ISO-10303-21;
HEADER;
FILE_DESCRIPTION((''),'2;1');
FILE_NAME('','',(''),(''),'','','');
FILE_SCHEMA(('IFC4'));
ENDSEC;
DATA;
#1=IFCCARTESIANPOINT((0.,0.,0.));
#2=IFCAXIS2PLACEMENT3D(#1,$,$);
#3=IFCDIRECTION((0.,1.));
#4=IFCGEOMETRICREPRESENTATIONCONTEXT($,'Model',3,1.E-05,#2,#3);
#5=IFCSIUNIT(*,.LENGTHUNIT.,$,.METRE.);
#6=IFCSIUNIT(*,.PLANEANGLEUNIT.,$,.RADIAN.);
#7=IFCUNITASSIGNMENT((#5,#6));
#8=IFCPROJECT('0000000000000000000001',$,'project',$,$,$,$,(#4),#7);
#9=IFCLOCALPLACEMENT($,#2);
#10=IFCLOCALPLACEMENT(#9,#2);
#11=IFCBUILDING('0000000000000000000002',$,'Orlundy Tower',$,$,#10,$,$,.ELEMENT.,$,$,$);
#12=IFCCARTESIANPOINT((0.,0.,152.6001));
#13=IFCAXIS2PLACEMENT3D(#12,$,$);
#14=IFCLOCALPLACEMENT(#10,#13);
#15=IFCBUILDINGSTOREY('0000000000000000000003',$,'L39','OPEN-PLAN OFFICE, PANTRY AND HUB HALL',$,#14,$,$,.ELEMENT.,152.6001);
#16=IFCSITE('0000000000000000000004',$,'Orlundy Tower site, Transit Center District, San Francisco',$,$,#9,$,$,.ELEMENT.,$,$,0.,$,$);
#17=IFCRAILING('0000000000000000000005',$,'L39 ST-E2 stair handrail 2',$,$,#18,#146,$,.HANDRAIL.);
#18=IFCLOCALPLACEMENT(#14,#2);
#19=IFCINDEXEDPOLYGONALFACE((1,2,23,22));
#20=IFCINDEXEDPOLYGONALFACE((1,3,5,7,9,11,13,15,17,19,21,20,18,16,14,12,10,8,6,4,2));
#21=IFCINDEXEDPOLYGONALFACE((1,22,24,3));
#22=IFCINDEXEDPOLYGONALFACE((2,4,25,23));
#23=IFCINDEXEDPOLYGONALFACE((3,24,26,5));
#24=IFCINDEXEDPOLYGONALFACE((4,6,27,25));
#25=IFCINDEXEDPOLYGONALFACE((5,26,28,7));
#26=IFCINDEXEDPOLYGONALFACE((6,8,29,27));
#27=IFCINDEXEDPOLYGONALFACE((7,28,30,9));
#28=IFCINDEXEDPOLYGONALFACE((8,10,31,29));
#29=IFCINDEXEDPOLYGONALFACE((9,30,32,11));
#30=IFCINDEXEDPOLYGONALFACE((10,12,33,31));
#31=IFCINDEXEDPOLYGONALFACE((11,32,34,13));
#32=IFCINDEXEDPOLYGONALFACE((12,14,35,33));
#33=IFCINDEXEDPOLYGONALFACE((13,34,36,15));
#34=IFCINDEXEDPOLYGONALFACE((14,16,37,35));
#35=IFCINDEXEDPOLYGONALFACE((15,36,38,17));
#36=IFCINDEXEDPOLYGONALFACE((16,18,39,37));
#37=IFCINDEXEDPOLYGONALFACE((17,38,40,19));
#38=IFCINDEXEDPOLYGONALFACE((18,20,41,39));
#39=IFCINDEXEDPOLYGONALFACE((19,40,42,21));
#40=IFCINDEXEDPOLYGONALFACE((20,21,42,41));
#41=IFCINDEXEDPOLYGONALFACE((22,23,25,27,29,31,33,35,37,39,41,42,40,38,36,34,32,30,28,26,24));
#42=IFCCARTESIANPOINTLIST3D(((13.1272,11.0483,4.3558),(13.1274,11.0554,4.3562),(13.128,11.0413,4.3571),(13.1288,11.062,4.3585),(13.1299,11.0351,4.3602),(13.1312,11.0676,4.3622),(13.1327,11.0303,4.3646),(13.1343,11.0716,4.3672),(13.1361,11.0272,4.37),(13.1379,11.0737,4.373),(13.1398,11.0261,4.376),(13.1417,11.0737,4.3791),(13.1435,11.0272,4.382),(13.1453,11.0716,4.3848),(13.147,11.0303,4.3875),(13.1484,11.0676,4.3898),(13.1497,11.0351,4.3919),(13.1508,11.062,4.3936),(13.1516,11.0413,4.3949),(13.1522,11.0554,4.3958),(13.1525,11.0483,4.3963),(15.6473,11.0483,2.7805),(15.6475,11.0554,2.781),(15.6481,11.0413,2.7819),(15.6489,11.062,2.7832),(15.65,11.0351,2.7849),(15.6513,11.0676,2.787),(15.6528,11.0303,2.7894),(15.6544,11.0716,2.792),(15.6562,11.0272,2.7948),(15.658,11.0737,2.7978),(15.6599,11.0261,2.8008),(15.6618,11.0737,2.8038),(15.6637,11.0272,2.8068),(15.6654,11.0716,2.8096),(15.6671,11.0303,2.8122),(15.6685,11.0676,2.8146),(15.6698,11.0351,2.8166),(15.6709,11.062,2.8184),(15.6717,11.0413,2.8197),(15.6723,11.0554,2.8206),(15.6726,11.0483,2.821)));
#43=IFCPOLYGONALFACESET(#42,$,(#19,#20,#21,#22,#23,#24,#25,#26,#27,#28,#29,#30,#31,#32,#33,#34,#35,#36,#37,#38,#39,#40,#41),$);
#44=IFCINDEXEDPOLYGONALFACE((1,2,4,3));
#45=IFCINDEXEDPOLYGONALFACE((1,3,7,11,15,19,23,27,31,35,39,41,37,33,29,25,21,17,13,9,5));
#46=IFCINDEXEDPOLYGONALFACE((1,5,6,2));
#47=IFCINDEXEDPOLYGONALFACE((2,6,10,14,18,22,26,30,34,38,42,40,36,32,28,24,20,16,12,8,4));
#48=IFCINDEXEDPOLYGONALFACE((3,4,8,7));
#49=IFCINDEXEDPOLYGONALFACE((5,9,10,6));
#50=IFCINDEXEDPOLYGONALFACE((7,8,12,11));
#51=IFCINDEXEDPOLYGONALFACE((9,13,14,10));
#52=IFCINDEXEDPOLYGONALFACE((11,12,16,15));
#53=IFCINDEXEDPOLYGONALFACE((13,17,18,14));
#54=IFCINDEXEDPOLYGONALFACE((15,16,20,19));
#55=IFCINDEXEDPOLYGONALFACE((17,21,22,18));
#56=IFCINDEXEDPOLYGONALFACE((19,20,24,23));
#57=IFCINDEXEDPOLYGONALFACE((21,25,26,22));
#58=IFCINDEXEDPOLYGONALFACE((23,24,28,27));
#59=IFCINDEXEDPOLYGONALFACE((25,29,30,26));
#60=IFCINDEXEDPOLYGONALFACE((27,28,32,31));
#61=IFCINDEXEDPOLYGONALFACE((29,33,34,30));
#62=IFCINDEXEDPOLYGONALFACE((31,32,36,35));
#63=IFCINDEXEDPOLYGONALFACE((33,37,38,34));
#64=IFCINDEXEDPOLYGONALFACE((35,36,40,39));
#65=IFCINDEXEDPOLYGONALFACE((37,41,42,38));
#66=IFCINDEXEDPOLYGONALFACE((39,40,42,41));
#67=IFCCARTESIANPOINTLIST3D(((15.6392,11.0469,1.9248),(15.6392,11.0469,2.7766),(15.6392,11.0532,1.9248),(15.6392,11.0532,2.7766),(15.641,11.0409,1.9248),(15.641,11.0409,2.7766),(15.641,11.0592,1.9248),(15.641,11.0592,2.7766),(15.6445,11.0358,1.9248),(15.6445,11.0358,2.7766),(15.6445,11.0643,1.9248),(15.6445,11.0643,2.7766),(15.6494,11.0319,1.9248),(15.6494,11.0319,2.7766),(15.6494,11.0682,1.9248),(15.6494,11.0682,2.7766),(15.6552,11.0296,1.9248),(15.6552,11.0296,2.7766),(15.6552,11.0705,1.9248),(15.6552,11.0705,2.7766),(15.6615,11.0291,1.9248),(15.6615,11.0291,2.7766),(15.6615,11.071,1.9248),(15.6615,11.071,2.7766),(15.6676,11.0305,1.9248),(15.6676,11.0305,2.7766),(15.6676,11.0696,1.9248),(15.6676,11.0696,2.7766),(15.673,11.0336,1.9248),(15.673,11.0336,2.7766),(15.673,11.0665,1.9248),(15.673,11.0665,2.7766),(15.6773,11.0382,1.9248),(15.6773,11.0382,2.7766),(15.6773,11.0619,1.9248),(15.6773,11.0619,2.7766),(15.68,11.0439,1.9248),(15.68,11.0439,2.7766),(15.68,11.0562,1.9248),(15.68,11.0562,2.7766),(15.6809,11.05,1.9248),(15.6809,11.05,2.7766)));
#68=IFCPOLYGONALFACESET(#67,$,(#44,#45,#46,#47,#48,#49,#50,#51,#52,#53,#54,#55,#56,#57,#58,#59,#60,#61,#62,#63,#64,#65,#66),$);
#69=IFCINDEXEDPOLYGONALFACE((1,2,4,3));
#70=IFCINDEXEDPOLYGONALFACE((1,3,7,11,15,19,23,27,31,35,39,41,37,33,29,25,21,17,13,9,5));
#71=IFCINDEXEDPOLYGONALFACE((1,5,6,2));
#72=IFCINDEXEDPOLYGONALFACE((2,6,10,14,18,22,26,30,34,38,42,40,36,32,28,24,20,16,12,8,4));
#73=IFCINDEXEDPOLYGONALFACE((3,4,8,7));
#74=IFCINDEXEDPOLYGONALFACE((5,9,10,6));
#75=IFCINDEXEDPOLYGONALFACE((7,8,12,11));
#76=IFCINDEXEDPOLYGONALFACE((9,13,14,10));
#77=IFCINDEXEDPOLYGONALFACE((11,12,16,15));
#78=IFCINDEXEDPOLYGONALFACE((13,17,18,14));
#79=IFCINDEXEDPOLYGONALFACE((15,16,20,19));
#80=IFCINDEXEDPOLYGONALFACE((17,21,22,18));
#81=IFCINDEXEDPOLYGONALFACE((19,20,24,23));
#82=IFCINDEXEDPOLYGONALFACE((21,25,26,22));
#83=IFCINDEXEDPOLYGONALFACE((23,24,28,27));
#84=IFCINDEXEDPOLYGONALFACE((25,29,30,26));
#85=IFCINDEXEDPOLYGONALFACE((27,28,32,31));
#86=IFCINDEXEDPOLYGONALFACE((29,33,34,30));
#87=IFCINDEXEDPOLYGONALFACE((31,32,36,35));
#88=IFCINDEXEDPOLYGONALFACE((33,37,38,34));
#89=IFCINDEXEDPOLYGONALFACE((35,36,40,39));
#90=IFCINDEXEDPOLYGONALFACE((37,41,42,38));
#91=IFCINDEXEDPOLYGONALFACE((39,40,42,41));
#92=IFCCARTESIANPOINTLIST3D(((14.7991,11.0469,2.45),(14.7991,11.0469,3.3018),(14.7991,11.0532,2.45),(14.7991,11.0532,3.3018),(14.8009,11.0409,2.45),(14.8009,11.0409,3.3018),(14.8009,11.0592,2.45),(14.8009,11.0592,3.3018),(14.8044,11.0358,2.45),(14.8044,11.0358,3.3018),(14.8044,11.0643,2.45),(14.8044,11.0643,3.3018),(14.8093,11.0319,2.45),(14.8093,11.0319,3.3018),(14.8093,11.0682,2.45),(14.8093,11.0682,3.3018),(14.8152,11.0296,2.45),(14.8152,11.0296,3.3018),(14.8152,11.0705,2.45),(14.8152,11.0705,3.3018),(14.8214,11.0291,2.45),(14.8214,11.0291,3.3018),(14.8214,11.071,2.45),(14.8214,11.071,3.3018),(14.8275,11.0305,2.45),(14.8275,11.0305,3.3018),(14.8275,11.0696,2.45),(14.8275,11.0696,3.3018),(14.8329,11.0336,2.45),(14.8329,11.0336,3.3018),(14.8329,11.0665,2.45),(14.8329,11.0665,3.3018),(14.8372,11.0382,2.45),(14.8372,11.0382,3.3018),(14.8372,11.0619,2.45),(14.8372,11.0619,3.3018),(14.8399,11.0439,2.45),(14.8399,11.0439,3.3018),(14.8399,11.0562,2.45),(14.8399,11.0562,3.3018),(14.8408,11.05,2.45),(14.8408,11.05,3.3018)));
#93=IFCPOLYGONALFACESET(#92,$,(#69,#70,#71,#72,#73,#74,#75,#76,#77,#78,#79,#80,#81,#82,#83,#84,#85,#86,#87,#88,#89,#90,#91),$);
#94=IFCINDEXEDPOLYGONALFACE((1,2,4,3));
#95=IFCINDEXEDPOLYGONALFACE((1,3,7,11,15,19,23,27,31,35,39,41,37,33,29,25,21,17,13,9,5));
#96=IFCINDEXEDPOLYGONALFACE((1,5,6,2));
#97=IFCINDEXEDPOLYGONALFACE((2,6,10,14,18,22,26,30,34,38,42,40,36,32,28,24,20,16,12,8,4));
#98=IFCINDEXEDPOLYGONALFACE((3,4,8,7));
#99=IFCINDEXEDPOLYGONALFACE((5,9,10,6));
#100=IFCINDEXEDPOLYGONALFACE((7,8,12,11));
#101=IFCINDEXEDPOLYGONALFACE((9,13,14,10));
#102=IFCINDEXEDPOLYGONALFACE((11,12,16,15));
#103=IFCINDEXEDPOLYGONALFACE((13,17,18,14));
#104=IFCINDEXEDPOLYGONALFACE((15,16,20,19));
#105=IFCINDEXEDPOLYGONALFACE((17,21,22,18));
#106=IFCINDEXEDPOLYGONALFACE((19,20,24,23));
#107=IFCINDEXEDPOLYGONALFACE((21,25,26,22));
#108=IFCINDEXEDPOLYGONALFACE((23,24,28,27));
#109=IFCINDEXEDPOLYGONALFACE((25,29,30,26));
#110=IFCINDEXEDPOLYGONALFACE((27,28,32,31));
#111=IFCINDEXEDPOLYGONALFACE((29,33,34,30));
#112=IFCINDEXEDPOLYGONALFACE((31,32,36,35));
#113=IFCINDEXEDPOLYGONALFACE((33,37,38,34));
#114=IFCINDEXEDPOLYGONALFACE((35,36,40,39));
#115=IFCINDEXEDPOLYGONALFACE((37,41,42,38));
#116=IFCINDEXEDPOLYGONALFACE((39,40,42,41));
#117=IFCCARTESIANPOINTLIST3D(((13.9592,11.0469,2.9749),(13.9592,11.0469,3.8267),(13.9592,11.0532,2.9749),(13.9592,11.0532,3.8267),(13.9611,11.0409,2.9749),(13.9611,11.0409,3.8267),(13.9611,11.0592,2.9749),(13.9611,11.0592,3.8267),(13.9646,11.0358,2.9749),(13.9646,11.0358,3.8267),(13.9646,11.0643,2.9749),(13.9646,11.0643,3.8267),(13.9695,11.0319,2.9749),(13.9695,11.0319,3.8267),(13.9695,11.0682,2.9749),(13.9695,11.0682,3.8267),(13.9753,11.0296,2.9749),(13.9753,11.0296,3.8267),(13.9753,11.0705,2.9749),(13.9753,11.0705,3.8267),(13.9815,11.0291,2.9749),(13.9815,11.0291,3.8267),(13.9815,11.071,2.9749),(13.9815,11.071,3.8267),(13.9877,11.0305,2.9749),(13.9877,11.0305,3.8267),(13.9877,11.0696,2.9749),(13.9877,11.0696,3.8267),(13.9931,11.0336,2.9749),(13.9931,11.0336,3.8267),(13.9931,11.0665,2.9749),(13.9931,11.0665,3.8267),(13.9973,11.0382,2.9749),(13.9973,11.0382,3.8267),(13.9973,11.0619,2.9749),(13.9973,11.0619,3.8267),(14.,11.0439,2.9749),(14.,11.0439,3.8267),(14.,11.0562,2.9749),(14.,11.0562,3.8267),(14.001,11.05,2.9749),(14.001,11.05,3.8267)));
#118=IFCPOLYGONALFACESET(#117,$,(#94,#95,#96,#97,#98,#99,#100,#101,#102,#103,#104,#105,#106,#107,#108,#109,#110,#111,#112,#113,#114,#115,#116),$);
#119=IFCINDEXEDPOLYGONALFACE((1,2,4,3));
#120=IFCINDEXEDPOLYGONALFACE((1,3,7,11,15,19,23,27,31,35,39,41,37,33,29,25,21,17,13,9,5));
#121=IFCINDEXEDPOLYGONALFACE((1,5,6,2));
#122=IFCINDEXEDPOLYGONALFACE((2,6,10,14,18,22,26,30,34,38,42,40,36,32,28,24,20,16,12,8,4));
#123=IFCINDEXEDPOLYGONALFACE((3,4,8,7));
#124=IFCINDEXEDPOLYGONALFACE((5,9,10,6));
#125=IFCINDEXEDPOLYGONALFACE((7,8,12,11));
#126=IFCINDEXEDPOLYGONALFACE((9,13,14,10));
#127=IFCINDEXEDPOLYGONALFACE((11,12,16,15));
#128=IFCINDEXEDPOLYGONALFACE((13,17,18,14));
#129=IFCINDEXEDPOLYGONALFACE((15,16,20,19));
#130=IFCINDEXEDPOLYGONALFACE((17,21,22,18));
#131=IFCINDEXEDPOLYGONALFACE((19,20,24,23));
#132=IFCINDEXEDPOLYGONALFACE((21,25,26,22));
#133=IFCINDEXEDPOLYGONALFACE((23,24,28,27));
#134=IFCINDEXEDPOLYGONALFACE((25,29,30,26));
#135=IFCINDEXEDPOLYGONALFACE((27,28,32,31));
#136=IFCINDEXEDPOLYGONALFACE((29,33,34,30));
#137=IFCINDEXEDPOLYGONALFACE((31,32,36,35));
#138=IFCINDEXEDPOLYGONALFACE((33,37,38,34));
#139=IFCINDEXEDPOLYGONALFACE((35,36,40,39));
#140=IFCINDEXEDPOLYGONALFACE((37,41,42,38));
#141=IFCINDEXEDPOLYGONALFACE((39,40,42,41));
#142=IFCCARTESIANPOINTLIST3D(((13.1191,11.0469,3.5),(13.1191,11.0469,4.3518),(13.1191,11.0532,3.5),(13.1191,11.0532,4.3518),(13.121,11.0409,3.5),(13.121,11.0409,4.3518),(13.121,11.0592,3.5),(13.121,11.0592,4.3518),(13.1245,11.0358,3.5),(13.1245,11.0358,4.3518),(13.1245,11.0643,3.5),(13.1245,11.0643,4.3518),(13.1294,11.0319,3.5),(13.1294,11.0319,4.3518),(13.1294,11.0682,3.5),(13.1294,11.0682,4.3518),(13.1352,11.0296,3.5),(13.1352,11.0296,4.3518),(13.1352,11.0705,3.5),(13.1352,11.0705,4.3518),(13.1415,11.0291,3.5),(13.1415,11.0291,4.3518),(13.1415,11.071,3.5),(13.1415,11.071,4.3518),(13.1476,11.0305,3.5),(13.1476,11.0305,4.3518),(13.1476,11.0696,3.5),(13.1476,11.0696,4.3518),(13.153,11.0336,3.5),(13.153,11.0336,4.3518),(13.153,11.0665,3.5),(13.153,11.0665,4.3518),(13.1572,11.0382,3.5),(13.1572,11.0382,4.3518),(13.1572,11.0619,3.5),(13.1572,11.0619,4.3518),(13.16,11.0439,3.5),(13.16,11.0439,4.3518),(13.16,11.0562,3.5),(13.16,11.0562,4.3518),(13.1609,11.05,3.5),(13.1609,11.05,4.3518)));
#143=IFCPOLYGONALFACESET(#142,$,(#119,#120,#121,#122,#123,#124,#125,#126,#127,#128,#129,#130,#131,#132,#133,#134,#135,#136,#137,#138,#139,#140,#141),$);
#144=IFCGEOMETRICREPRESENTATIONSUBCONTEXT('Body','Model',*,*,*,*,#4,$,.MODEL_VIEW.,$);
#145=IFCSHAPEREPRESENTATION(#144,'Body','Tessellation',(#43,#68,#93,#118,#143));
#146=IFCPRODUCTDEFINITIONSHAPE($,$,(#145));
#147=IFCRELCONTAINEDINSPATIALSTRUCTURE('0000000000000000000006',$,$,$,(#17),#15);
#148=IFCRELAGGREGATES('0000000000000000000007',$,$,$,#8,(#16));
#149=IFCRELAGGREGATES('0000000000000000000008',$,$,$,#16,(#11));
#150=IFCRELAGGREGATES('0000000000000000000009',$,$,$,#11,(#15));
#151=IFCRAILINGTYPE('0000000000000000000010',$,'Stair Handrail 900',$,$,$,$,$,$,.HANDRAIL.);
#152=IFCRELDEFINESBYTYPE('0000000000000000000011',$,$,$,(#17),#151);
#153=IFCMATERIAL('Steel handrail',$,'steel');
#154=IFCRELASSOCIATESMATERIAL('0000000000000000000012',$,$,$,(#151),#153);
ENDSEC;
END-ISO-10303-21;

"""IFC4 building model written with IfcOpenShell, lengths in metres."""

from ifc_helpers import new_model, si_unit, direction, frame, origin, origin_2d, place, context, subcontext, project, spatial, circle, extrude, material, type_object, element, save


model = new_model("IFC4")

# Units and contexts
model_context = context("Model", 3, precision=1e-05, world=origin(), true_north=direction((0.0, 1.0)))
body_context = subcontext(model_context, "Body", "Model", "MODEL_VIEW")
ifc_project = project(units=[si_unit("LENGTHUNIT", "METRE"), si_unit("PLANEANGLEUNIT", "RADIAN")], contexts=[model_context])

# Site, building, storey
site_placement = place(None, origin())
site = spatial("IfcSite", under=ifc_project, at=site_placement, Name="Orlundy Tower site, Transit Center District, San Francisco", CompositionType="ELEMENT", RefElevation=0.0)
building_placement = place(site_placement, origin())
building = spatial("IfcBuilding", under=site, at=building_placement, Name="Orlundy Tower", CompositionType="ELEMENT")
storey_placement = place(building_placement, frame((0.0, 0.0, 152.6001)))
storey = spatial("IfcBuildingStorey", under=building, at=storey_placement, Name="L39", Description="OPEN-PLAN OFFICE, PANTRY AND HUB HALL", CompositionType="ELEMENT", Elevation=152.6001)

# Railing
ifc_material_1 = material(Name="Steel handrail", Category="steel")
railing_type = type_object("IfcRailingType", Name="Stair Handrail 900", PredefinedType="HANDRAIL", material=ifc_material_1)
railing_placement = place(storey_placement, frame((15.6599, 11.05, 1.9248)))
element("IfcRailing", 1, at=railing_placement, inside=storey, type_object=railing_type, Name="L39 ST-E2 stair handrail 2", PredefinedType="HANDRAIL", context=body_context, shape_type="SweptSolid", body=[
    extrude(circle(Radius=0.0239, at=origin_2d()), frame((0.0, 0.0, 0.876), z_axis=(-0.847971, 0.0, 0.530043), x_axis=(0.0, -1.0, 0.0)), (0.0, 0.0, 1.0), 2.9719),
    extrude(circle(Radius=0.021, at=origin_2d()), origin(), (0.0, 0.0, 1.0), 0.8518),
    extrude(circle(Radius=0.021, at=origin_2d()), frame((-0.8401, 0.0, 0.5251)), (0.0, 0.0, 1.0), 0.8518),
    extrude(circle(Radius=0.021, at=origin_2d()), frame((-1.6799, 0.0, 1.05)), (0.0, 0.0, 1.0), 0.8518),
    extrude(circle(Radius=0.021, at=origin_2d()), frame((-2.52, 0.0, 1.5752)), (0.0, 0.0, 1.0), 0.8518),
])

save(model, "model.ifc")
